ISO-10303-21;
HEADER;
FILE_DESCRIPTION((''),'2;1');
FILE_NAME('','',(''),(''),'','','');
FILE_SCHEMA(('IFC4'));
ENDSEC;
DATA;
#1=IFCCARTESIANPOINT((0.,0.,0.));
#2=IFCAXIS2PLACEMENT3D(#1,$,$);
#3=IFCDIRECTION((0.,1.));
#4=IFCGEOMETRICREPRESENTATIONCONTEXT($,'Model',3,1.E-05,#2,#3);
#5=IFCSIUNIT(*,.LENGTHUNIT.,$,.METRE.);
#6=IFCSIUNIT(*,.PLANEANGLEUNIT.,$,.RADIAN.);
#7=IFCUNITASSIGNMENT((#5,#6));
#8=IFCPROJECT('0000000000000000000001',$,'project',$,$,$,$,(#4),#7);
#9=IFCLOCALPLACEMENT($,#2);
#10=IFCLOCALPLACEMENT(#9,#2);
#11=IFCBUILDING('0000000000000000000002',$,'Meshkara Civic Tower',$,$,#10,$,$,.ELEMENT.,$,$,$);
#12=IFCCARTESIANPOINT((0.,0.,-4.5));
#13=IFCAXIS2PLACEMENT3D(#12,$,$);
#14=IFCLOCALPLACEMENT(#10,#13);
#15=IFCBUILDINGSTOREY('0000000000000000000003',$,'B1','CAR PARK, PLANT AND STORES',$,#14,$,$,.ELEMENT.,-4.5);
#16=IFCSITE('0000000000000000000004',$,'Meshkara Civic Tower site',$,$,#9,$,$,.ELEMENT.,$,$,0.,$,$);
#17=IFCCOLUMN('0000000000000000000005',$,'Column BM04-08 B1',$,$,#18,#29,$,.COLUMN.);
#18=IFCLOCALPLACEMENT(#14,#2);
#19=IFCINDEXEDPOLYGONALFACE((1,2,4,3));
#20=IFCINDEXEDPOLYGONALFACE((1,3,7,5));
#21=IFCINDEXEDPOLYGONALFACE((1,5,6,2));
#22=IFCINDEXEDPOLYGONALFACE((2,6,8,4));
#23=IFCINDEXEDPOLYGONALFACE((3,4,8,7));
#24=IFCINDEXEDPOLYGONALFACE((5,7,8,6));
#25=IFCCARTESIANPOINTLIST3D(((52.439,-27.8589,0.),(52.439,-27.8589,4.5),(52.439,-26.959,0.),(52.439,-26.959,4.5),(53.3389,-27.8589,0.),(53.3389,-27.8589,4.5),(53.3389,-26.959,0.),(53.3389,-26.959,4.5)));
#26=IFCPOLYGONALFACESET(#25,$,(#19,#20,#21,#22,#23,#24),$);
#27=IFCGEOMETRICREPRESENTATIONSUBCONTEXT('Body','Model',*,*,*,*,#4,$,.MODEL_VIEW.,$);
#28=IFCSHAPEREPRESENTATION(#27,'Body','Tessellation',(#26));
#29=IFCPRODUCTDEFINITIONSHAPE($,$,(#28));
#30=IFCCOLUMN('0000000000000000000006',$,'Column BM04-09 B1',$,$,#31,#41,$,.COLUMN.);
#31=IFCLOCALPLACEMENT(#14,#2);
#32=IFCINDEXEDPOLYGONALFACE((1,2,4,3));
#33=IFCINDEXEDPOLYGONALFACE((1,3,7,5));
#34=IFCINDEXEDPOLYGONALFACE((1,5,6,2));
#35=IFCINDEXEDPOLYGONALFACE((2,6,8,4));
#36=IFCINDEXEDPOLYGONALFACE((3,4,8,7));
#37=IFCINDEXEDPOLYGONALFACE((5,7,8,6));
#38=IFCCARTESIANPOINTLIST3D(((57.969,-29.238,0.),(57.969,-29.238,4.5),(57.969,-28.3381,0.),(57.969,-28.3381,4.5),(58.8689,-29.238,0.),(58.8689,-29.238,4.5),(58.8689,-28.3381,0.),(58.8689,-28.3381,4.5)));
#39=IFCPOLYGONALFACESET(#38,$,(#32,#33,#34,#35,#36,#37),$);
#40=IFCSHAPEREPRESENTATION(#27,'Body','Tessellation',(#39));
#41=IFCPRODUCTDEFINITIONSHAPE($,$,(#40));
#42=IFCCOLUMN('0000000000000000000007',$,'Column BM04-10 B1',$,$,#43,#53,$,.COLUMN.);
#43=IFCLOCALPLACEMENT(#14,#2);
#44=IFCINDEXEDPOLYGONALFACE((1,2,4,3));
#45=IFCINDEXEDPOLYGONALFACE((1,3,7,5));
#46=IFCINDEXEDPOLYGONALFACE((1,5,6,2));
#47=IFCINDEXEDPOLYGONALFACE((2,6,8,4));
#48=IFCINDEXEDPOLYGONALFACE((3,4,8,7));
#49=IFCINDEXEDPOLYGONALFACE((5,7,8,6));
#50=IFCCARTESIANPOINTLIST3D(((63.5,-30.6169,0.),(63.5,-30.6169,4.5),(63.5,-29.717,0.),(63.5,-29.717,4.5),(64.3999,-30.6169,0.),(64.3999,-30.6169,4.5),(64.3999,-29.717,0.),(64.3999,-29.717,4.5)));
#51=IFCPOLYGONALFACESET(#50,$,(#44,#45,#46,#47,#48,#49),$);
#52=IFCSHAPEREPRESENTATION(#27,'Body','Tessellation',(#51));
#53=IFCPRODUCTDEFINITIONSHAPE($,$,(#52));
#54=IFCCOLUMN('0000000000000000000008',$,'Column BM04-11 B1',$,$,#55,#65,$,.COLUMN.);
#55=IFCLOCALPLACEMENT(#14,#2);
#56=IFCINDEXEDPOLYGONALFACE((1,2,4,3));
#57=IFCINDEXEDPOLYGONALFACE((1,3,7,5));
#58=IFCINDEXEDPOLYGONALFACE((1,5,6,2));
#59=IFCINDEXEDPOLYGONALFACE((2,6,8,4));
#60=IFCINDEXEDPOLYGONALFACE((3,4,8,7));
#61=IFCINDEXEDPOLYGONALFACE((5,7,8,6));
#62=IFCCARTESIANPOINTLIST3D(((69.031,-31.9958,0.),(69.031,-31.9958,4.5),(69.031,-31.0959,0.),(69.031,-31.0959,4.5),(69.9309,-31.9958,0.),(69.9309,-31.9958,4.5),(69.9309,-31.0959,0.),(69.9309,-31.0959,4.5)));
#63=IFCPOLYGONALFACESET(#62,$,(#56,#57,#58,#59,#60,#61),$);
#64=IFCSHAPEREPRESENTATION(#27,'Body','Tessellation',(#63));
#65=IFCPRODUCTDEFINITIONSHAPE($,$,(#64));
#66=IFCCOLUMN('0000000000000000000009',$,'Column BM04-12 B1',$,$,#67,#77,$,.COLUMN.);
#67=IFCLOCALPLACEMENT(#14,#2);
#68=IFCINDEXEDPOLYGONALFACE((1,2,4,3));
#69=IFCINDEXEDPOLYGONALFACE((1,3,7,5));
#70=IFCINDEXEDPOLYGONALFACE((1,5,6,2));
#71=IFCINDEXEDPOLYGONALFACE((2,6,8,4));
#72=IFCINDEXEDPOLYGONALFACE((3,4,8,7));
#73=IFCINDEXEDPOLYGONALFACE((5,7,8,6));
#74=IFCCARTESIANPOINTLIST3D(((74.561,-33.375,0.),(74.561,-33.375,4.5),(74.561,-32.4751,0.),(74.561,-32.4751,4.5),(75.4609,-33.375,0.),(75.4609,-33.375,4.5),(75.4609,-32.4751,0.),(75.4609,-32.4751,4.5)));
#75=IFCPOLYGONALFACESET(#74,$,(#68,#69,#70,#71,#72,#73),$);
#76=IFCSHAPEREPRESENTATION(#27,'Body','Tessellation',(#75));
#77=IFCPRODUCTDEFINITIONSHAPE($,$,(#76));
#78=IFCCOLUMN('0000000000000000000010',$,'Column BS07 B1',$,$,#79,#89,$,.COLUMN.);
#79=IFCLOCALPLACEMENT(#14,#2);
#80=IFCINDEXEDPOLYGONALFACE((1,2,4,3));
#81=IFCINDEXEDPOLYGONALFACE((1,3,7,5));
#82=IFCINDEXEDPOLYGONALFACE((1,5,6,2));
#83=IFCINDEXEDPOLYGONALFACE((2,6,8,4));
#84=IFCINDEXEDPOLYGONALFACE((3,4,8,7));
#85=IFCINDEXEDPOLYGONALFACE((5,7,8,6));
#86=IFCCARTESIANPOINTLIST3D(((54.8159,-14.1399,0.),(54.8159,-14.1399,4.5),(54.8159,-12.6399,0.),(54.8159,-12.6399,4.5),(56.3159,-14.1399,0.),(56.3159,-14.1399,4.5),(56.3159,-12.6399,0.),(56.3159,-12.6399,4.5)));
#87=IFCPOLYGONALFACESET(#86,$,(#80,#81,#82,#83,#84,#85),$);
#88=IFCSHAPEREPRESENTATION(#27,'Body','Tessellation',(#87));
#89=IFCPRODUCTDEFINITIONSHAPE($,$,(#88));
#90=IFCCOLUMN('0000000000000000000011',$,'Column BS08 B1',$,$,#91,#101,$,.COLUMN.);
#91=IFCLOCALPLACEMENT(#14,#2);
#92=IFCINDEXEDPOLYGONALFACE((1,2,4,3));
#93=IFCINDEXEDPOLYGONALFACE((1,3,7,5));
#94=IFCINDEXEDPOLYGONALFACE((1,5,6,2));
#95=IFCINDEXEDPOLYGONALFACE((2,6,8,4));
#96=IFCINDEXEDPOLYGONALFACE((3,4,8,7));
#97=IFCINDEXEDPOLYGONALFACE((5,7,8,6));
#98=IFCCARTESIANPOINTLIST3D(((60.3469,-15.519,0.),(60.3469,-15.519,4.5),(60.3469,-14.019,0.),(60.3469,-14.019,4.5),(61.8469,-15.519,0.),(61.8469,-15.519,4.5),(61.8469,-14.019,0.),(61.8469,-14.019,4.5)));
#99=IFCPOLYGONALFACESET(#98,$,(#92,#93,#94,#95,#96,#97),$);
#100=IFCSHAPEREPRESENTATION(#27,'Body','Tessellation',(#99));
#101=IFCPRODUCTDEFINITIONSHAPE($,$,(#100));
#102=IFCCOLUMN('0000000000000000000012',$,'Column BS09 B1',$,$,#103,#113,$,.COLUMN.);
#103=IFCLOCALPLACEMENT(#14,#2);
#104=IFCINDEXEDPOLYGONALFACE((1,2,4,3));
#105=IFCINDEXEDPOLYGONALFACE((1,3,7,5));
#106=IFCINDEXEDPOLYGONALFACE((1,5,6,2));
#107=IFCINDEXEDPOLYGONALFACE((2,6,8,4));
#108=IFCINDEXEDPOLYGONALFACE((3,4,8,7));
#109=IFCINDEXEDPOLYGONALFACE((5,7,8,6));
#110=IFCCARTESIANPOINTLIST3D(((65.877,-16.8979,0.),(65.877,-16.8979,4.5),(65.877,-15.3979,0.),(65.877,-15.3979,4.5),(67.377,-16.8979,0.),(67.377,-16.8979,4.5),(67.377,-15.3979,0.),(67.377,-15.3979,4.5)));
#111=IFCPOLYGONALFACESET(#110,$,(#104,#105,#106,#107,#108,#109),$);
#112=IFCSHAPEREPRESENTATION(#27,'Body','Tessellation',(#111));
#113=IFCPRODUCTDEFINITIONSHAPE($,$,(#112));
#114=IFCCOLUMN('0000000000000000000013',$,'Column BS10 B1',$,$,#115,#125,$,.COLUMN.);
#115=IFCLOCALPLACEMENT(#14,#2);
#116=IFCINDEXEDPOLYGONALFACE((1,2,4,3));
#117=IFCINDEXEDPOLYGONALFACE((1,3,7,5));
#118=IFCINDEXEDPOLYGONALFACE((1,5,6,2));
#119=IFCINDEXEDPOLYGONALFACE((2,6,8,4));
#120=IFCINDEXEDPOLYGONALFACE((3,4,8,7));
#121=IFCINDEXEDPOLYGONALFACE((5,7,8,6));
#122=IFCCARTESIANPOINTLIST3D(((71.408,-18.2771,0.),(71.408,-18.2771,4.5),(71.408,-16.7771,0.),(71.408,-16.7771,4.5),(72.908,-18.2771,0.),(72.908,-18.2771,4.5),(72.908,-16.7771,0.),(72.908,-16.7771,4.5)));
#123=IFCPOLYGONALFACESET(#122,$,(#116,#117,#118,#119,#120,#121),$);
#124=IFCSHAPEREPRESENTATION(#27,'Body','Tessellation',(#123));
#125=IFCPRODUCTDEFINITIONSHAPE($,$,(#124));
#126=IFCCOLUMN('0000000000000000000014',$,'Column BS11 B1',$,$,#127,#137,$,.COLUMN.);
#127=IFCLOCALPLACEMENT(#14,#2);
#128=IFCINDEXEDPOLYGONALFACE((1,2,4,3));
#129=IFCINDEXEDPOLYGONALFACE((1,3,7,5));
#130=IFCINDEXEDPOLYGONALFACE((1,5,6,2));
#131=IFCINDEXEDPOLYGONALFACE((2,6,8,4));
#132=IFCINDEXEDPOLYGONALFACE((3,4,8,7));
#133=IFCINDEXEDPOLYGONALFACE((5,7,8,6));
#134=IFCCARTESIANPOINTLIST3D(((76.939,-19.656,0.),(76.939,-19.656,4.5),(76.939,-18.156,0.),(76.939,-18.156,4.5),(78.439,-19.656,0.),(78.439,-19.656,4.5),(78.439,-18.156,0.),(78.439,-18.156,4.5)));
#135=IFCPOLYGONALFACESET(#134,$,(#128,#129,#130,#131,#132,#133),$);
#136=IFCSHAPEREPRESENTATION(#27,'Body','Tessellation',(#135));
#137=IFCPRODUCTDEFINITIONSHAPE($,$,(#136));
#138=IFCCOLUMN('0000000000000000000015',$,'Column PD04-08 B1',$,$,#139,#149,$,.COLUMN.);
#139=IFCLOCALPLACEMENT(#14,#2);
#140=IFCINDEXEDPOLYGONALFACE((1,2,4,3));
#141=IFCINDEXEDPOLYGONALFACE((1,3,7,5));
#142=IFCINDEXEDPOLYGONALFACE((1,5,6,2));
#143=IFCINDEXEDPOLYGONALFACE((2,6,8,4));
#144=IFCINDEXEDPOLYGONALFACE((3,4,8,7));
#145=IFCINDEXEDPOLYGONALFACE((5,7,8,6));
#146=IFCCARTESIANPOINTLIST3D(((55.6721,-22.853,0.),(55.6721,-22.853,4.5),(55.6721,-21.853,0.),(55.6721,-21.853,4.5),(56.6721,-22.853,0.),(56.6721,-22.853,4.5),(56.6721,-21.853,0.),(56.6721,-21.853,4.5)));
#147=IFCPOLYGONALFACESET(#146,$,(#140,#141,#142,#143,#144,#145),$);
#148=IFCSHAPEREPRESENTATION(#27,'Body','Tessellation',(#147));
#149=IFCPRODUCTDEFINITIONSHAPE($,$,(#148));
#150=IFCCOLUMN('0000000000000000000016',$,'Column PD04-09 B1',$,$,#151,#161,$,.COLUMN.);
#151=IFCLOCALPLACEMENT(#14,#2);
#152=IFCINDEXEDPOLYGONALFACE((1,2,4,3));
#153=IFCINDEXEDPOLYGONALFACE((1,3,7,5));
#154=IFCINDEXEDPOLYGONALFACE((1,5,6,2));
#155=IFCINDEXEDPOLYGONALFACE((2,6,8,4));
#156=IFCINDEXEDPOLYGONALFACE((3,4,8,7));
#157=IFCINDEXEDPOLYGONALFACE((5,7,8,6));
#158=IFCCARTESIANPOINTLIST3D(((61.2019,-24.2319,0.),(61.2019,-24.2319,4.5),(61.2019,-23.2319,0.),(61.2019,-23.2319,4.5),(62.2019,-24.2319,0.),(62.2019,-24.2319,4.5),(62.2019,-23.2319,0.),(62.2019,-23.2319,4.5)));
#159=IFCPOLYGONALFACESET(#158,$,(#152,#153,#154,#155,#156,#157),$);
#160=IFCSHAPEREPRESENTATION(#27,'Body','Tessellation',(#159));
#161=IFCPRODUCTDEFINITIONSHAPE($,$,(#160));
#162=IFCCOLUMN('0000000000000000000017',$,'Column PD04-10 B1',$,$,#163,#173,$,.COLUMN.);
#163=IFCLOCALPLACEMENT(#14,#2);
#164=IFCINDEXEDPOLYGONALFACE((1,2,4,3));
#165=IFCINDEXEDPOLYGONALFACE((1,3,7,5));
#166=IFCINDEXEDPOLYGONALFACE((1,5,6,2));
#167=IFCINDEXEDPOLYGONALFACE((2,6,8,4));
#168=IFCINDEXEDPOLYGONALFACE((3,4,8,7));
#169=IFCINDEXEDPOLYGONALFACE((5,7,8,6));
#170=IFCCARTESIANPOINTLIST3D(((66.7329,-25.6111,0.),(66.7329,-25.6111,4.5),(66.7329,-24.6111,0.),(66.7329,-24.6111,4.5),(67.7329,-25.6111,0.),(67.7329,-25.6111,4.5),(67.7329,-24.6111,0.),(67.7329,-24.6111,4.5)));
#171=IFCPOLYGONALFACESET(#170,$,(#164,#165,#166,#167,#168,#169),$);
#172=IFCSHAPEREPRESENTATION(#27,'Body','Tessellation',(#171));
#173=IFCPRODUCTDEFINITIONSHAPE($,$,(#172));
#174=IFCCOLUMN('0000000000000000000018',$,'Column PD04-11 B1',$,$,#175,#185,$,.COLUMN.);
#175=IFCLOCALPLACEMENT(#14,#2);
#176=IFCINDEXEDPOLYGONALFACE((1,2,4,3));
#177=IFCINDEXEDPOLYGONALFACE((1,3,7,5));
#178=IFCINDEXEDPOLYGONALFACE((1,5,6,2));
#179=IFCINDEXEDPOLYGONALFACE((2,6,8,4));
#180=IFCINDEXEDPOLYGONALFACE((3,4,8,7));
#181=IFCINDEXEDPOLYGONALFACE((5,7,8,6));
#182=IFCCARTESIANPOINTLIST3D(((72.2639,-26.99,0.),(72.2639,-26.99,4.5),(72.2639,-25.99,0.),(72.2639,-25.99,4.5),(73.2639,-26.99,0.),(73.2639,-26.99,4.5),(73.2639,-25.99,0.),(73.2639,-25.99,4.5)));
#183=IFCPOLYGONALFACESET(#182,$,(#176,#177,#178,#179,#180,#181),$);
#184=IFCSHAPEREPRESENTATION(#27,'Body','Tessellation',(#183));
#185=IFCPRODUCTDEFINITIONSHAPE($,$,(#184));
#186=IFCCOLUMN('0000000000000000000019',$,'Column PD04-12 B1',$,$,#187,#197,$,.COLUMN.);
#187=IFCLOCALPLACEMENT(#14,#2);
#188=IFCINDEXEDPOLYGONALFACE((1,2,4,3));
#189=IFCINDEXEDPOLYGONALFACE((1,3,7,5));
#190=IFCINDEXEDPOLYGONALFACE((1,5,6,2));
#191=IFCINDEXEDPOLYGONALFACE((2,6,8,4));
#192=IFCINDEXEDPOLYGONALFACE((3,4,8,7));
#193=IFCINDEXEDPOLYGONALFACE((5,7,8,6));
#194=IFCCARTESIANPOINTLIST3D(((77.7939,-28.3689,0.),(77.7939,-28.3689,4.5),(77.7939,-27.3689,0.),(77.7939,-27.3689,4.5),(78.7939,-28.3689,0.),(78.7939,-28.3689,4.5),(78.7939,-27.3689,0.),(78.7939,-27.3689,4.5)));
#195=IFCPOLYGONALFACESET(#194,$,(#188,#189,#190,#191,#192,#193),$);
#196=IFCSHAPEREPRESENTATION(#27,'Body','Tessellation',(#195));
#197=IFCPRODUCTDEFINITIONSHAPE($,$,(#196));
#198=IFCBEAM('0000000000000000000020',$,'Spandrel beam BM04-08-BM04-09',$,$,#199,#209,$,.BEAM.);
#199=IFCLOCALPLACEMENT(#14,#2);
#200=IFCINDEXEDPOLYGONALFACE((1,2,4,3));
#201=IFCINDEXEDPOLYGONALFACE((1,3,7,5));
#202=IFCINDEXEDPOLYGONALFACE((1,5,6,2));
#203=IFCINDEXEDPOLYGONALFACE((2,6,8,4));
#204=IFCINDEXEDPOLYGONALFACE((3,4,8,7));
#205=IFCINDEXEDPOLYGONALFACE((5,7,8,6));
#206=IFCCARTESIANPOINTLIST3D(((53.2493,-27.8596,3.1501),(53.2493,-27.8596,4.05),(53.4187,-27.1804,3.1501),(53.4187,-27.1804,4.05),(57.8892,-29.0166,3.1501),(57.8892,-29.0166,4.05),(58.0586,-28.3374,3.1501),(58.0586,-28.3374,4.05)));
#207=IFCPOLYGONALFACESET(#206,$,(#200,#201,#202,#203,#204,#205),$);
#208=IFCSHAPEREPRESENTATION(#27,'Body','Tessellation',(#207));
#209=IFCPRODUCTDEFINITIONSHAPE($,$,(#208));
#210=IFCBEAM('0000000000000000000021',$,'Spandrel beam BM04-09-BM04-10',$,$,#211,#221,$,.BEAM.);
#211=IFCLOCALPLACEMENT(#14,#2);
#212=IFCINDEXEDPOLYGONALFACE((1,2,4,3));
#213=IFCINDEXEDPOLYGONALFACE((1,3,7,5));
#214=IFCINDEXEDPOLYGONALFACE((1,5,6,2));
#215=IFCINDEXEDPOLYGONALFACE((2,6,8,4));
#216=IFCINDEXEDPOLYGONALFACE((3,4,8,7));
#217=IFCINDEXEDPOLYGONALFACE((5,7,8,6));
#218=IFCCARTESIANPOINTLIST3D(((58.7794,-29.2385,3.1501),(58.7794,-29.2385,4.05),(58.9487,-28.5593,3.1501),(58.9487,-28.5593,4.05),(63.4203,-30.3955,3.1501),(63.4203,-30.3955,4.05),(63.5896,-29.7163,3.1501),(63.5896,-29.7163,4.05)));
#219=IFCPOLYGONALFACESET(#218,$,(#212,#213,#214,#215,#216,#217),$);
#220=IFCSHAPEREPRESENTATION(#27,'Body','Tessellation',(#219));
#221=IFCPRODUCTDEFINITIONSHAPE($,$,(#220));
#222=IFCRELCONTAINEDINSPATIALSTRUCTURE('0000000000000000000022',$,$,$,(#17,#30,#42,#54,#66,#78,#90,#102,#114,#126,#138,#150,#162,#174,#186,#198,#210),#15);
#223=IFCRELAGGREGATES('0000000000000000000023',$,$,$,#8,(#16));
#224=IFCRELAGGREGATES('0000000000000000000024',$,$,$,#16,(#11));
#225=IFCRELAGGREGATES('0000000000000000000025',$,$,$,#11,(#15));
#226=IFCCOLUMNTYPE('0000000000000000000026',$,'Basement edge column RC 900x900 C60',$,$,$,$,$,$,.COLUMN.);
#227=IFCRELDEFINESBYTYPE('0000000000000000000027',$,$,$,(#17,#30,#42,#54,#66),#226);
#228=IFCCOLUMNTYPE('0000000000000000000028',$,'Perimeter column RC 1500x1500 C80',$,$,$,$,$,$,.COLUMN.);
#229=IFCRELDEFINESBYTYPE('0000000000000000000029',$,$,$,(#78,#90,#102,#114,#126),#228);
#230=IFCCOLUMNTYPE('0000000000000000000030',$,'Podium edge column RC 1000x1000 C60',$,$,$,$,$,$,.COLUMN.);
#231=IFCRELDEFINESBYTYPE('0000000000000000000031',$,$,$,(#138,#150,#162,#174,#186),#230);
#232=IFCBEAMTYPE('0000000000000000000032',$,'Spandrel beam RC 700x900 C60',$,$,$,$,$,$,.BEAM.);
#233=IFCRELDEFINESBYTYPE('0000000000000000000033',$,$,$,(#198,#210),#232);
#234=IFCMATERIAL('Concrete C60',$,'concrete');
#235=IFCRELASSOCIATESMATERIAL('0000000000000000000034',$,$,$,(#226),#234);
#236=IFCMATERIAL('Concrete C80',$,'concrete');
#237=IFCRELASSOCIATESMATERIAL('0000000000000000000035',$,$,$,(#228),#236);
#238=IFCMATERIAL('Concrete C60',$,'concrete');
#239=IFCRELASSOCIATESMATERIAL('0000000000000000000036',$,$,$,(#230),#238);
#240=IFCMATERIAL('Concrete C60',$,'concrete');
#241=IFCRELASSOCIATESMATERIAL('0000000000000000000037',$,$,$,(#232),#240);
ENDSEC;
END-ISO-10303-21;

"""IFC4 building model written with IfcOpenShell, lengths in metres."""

from ifc_helpers import new_model, si_unit, direction, frame, origin, origin_2d, place, context, subcontext, project, spatial, rectangle, extrude, material, material_profile, profile_set, type_object, element, save


model = new_model("IFC4")

# Units and contexts
model_context = context("Model", 3, precision=1e-05, world=origin(), true_north=direction((0.0, 1.0)))
body_context = subcontext(model_context, "Body", "Model", "MODEL_VIEW")
ifc_project = project(units=[si_unit("LENGTHUNIT", "METRE"), si_unit("PLANEANGLEUNIT", "RADIAN")], contexts=[model_context])

# Site, building, storey
site_placement = place(None, origin())
site = spatial("IfcSite", under=ifc_project, at=site_placement, Name="Meshkara Civic Tower site", CompositionType="ELEMENT", RefElevation=0.0)
building_placement = place(site_placement, origin())
building = spatial("IfcBuilding", under=site, at=building_placement, Name="Meshkara Civic Tower", CompositionType="ELEMENT")
storey_placement = place(building_placement, frame((0.0, 0.0, -4.5)))
storey = spatial("IfcBuildingStorey", under=building, at=storey_placement, Name="B1", Description="CAR PARK, PLANT AND STORES", CompositionType="ELEMENT", Elevation=-4.5)

# Columns
ifc_material_1 = material(Name="Concrete C60", Category="concrete")
ifc_material_profile_1 = material_profile(ifc_material_1, rectangle(XDim=0.8999, YDim=0.8999, at=origin_2d()))
ifc_profile_set_1 = profile_set([ifc_material_profile_1], Name="Concrete C60")
column_type_1 = type_object("IfcColumnType", Name="Basement edge column RC 900x900 C60", PredefinedType="COLUMN", material=ifc_profile_set_1)
for number, where, z_axis, x_axis, name in (
    (1, (52.8889, -27.4089, 0.0), (0.0, 0.0, 1.0), (1.0, 0.0, 0.0), "Column BM04-08 B1"),
    (2, (58.4189, -28.7881, 0.0), (0.0, 0.0, 1.0), (1.0, 0.0, 0.0), "Column BM04-09 B1"),
    (3, (63.95, -30.167, 0.0), (0.0, 0.0, 1.0), (1.0, 0.0, 0.0), "Column BM04-10 B1"),
    (4, (69.481, -31.5459, 0.0), (0.0, 0.0, 1.0), (1.0, 0.0, 0.0), "Column BM04-11 B1"),
    (5, (75.011, -32.925, 0.0), (0.0, 0.0, 1.0), (1.0, 0.0, 0.0), "Column BM04-12 B1"),
):
    element("IfcColumn", number, at=place(storey_placement, frame(where, z_axis=z_axis, x_axis=x_axis)), inside=storey, type_object=column_type_1, Name=name, PredefinedType="COLUMN", context=body_context, shape_type="SweptSolid", body=[
        extrude(rectangle(XDim=0.8999, YDim=0.8999, at=origin_2d()), origin(), (0.0, 0.0, 1.0), 4.5),
    ])
ifc_material_2 = material(Name="Concrete C80", Category="concrete")
ifc_material_profile_2 = material_profile(ifc_material_2, rectangle(XDim=1.5, YDim=1.5, at=origin_2d()))
ifc_profile_set_2 = profile_set([ifc_material_profile_2], Name="Concrete C80")
column_type_2 = type_object("IfcColumnType", Name="Perimeter column RC 1500x1500 C80", PredefinedType="COLUMN", material=ifc_profile_set_2)
for number, where, z_axis, x_axis, name in (
    (6, (55.5659, -13.3899, 0.0), (0.0, 0.0, 1.0), (1.0, 0.0, 0.0), "Column BS07 B1"),
    (7, (61.0969, -14.769, 0.0), (0.0, 0.0, 1.0), (1.0, 0.0, 0.0), "Column BS08 B1"),
    (8, (66.627, -16.1479, 0.0), (0.0, 0.0, 1.0), (1.0, 0.0, 0.0), "Column BS09 B1"),
    (9, (72.158, -17.5271, 0.0), (0.0, 0.0, 1.0), (1.0, 0.0, 0.0), "Column BS10 B1"),
    (10, (77.689, -18.906, 0.0), (0.0, 0.0, 1.0), (1.0, 0.0, 0.0), "Column BS11 B1"),
):
    element("IfcColumn", number, at=place(storey_placement, frame(where, z_axis=z_axis, x_axis=x_axis)), inside=storey, type_object=column_type_2, Name=name, PredefinedType="COLUMN", context=body_context, shape_type="SweptSolid", body=[
        extrude(rectangle(XDim=1.5, YDim=1.5, at=origin_2d()), origin(), (0.0, 0.0, 1.0), 4.5),
    ])
ifc_material_3 = material(Name="Concrete C60", Category="concrete")
ifc_material_profile_3 = material_profile(ifc_material_3, rectangle(XDim=1.0, YDim=1.0, at=origin_2d()))
ifc_profile_set_3 = profile_set([ifc_material_profile_3], Name="Concrete C60")
column_type_3 = type_object("IfcColumnType", Name="Podium edge column RC 1000x1000 C60", PredefinedType="COLUMN", material=ifc_profile_set_3)
for number, where, z_axis, x_axis, name in (
    (11, (56.1721, -22.353, 0.0), (0.0, 0.0, 1.0), (1.0, 0.0, 0.0), "Column PD04-08 B1"),
    (12, (61.7019, -23.7319, 0.0), (0.0, 0.0, 1.0), (1.0, 0.0, 0.0), "Column PD04-09 B1"),
    (13, (67.2329, -25.1111, 0.0), (0.0, 0.0, 1.0), (1.0, 0.0, 0.0), "Column PD04-10 B1"),
    (14, (72.7639, -26.49, 0.0), (0.0, 0.0, 1.0), (1.0, 0.0, 0.0), "Column PD04-11 B1"),
    (15, (78.2939, -27.8689, 0.0), (0.0, 0.0, 1.0), (1.0, 0.0, 0.0), "Column PD04-12 B1"),
):
    element("IfcColumn", number, at=place(storey_placement, frame(where, z_axis=z_axis, x_axis=x_axis)), inside=storey, type_object=column_type_3, Name=name, PredefinedType="COLUMN", context=body_context, shape_type="SweptSolid", body=[
        extrude(rectangle(XDim=1.0, YDim=1.0, at=origin_2d()), origin(), (0.0, 0.0, 1.0), 4.5),
    ])

# Beams
ifc_material_4 = material(Name="Concrete C60", Category="concrete")
ifc_material_profile_4 = material_profile(ifc_material_4, rectangle(XDim=0.7, YDim=0.8999, at=origin_2d()))
ifc_profile_set_4 = profile_set([ifc_material_profile_4], Name="Concrete C60")
beam_type = type_object("IfcBeamType", Name="Spandrel beam RC 700x900 C60", PredefinedType="BEAM", material=ifc_profile_set_4)
beam_1_placement = place(storey_placement, frame((53.334, -27.52, 3.6001), z_axis=(0.970289, -0.241947, 0.0), x_axis=(0.241947, 0.970289, 0.0)))
element("IfcBeam", 16, at=beam_1_placement, inside=storey, type_object=beam_type, Name="Spandrel beam BM04-08-BM04-09", PredefinedType="BEAM", context=body_context, shape_type="SweptSolid", body=[
    extrude(rectangle(XDim=0.7, YDim=0.8999, at=origin_2d()), origin(), (0.0, 0.0, 1.0), 4.782),
])
for number, where, z_axis, x_axis, name in (
    (17, (58.864, -28.8989, 3.6001), (0.970301, -0.241899, 0.0), (0.241899, 0.970301, 0.0), "Spandrel beam BM04-09-BM04-10"),
):
    element("IfcBeam", number, at=place(storey_placement, frame(where, z_axis=z_axis, x_axis=x_axis)), inside=storey, type_object=beam_type, Name=name, PredefinedType="BEAM", context=body_context, shape_type="SweptSolid", body=[
        extrude(rectangle(XDim=0.7, YDim=0.8999, at=origin_2d()), origin(), (0.0, 0.0, 1.0), 4.783),
    ])

save(model, "model.ifc")
